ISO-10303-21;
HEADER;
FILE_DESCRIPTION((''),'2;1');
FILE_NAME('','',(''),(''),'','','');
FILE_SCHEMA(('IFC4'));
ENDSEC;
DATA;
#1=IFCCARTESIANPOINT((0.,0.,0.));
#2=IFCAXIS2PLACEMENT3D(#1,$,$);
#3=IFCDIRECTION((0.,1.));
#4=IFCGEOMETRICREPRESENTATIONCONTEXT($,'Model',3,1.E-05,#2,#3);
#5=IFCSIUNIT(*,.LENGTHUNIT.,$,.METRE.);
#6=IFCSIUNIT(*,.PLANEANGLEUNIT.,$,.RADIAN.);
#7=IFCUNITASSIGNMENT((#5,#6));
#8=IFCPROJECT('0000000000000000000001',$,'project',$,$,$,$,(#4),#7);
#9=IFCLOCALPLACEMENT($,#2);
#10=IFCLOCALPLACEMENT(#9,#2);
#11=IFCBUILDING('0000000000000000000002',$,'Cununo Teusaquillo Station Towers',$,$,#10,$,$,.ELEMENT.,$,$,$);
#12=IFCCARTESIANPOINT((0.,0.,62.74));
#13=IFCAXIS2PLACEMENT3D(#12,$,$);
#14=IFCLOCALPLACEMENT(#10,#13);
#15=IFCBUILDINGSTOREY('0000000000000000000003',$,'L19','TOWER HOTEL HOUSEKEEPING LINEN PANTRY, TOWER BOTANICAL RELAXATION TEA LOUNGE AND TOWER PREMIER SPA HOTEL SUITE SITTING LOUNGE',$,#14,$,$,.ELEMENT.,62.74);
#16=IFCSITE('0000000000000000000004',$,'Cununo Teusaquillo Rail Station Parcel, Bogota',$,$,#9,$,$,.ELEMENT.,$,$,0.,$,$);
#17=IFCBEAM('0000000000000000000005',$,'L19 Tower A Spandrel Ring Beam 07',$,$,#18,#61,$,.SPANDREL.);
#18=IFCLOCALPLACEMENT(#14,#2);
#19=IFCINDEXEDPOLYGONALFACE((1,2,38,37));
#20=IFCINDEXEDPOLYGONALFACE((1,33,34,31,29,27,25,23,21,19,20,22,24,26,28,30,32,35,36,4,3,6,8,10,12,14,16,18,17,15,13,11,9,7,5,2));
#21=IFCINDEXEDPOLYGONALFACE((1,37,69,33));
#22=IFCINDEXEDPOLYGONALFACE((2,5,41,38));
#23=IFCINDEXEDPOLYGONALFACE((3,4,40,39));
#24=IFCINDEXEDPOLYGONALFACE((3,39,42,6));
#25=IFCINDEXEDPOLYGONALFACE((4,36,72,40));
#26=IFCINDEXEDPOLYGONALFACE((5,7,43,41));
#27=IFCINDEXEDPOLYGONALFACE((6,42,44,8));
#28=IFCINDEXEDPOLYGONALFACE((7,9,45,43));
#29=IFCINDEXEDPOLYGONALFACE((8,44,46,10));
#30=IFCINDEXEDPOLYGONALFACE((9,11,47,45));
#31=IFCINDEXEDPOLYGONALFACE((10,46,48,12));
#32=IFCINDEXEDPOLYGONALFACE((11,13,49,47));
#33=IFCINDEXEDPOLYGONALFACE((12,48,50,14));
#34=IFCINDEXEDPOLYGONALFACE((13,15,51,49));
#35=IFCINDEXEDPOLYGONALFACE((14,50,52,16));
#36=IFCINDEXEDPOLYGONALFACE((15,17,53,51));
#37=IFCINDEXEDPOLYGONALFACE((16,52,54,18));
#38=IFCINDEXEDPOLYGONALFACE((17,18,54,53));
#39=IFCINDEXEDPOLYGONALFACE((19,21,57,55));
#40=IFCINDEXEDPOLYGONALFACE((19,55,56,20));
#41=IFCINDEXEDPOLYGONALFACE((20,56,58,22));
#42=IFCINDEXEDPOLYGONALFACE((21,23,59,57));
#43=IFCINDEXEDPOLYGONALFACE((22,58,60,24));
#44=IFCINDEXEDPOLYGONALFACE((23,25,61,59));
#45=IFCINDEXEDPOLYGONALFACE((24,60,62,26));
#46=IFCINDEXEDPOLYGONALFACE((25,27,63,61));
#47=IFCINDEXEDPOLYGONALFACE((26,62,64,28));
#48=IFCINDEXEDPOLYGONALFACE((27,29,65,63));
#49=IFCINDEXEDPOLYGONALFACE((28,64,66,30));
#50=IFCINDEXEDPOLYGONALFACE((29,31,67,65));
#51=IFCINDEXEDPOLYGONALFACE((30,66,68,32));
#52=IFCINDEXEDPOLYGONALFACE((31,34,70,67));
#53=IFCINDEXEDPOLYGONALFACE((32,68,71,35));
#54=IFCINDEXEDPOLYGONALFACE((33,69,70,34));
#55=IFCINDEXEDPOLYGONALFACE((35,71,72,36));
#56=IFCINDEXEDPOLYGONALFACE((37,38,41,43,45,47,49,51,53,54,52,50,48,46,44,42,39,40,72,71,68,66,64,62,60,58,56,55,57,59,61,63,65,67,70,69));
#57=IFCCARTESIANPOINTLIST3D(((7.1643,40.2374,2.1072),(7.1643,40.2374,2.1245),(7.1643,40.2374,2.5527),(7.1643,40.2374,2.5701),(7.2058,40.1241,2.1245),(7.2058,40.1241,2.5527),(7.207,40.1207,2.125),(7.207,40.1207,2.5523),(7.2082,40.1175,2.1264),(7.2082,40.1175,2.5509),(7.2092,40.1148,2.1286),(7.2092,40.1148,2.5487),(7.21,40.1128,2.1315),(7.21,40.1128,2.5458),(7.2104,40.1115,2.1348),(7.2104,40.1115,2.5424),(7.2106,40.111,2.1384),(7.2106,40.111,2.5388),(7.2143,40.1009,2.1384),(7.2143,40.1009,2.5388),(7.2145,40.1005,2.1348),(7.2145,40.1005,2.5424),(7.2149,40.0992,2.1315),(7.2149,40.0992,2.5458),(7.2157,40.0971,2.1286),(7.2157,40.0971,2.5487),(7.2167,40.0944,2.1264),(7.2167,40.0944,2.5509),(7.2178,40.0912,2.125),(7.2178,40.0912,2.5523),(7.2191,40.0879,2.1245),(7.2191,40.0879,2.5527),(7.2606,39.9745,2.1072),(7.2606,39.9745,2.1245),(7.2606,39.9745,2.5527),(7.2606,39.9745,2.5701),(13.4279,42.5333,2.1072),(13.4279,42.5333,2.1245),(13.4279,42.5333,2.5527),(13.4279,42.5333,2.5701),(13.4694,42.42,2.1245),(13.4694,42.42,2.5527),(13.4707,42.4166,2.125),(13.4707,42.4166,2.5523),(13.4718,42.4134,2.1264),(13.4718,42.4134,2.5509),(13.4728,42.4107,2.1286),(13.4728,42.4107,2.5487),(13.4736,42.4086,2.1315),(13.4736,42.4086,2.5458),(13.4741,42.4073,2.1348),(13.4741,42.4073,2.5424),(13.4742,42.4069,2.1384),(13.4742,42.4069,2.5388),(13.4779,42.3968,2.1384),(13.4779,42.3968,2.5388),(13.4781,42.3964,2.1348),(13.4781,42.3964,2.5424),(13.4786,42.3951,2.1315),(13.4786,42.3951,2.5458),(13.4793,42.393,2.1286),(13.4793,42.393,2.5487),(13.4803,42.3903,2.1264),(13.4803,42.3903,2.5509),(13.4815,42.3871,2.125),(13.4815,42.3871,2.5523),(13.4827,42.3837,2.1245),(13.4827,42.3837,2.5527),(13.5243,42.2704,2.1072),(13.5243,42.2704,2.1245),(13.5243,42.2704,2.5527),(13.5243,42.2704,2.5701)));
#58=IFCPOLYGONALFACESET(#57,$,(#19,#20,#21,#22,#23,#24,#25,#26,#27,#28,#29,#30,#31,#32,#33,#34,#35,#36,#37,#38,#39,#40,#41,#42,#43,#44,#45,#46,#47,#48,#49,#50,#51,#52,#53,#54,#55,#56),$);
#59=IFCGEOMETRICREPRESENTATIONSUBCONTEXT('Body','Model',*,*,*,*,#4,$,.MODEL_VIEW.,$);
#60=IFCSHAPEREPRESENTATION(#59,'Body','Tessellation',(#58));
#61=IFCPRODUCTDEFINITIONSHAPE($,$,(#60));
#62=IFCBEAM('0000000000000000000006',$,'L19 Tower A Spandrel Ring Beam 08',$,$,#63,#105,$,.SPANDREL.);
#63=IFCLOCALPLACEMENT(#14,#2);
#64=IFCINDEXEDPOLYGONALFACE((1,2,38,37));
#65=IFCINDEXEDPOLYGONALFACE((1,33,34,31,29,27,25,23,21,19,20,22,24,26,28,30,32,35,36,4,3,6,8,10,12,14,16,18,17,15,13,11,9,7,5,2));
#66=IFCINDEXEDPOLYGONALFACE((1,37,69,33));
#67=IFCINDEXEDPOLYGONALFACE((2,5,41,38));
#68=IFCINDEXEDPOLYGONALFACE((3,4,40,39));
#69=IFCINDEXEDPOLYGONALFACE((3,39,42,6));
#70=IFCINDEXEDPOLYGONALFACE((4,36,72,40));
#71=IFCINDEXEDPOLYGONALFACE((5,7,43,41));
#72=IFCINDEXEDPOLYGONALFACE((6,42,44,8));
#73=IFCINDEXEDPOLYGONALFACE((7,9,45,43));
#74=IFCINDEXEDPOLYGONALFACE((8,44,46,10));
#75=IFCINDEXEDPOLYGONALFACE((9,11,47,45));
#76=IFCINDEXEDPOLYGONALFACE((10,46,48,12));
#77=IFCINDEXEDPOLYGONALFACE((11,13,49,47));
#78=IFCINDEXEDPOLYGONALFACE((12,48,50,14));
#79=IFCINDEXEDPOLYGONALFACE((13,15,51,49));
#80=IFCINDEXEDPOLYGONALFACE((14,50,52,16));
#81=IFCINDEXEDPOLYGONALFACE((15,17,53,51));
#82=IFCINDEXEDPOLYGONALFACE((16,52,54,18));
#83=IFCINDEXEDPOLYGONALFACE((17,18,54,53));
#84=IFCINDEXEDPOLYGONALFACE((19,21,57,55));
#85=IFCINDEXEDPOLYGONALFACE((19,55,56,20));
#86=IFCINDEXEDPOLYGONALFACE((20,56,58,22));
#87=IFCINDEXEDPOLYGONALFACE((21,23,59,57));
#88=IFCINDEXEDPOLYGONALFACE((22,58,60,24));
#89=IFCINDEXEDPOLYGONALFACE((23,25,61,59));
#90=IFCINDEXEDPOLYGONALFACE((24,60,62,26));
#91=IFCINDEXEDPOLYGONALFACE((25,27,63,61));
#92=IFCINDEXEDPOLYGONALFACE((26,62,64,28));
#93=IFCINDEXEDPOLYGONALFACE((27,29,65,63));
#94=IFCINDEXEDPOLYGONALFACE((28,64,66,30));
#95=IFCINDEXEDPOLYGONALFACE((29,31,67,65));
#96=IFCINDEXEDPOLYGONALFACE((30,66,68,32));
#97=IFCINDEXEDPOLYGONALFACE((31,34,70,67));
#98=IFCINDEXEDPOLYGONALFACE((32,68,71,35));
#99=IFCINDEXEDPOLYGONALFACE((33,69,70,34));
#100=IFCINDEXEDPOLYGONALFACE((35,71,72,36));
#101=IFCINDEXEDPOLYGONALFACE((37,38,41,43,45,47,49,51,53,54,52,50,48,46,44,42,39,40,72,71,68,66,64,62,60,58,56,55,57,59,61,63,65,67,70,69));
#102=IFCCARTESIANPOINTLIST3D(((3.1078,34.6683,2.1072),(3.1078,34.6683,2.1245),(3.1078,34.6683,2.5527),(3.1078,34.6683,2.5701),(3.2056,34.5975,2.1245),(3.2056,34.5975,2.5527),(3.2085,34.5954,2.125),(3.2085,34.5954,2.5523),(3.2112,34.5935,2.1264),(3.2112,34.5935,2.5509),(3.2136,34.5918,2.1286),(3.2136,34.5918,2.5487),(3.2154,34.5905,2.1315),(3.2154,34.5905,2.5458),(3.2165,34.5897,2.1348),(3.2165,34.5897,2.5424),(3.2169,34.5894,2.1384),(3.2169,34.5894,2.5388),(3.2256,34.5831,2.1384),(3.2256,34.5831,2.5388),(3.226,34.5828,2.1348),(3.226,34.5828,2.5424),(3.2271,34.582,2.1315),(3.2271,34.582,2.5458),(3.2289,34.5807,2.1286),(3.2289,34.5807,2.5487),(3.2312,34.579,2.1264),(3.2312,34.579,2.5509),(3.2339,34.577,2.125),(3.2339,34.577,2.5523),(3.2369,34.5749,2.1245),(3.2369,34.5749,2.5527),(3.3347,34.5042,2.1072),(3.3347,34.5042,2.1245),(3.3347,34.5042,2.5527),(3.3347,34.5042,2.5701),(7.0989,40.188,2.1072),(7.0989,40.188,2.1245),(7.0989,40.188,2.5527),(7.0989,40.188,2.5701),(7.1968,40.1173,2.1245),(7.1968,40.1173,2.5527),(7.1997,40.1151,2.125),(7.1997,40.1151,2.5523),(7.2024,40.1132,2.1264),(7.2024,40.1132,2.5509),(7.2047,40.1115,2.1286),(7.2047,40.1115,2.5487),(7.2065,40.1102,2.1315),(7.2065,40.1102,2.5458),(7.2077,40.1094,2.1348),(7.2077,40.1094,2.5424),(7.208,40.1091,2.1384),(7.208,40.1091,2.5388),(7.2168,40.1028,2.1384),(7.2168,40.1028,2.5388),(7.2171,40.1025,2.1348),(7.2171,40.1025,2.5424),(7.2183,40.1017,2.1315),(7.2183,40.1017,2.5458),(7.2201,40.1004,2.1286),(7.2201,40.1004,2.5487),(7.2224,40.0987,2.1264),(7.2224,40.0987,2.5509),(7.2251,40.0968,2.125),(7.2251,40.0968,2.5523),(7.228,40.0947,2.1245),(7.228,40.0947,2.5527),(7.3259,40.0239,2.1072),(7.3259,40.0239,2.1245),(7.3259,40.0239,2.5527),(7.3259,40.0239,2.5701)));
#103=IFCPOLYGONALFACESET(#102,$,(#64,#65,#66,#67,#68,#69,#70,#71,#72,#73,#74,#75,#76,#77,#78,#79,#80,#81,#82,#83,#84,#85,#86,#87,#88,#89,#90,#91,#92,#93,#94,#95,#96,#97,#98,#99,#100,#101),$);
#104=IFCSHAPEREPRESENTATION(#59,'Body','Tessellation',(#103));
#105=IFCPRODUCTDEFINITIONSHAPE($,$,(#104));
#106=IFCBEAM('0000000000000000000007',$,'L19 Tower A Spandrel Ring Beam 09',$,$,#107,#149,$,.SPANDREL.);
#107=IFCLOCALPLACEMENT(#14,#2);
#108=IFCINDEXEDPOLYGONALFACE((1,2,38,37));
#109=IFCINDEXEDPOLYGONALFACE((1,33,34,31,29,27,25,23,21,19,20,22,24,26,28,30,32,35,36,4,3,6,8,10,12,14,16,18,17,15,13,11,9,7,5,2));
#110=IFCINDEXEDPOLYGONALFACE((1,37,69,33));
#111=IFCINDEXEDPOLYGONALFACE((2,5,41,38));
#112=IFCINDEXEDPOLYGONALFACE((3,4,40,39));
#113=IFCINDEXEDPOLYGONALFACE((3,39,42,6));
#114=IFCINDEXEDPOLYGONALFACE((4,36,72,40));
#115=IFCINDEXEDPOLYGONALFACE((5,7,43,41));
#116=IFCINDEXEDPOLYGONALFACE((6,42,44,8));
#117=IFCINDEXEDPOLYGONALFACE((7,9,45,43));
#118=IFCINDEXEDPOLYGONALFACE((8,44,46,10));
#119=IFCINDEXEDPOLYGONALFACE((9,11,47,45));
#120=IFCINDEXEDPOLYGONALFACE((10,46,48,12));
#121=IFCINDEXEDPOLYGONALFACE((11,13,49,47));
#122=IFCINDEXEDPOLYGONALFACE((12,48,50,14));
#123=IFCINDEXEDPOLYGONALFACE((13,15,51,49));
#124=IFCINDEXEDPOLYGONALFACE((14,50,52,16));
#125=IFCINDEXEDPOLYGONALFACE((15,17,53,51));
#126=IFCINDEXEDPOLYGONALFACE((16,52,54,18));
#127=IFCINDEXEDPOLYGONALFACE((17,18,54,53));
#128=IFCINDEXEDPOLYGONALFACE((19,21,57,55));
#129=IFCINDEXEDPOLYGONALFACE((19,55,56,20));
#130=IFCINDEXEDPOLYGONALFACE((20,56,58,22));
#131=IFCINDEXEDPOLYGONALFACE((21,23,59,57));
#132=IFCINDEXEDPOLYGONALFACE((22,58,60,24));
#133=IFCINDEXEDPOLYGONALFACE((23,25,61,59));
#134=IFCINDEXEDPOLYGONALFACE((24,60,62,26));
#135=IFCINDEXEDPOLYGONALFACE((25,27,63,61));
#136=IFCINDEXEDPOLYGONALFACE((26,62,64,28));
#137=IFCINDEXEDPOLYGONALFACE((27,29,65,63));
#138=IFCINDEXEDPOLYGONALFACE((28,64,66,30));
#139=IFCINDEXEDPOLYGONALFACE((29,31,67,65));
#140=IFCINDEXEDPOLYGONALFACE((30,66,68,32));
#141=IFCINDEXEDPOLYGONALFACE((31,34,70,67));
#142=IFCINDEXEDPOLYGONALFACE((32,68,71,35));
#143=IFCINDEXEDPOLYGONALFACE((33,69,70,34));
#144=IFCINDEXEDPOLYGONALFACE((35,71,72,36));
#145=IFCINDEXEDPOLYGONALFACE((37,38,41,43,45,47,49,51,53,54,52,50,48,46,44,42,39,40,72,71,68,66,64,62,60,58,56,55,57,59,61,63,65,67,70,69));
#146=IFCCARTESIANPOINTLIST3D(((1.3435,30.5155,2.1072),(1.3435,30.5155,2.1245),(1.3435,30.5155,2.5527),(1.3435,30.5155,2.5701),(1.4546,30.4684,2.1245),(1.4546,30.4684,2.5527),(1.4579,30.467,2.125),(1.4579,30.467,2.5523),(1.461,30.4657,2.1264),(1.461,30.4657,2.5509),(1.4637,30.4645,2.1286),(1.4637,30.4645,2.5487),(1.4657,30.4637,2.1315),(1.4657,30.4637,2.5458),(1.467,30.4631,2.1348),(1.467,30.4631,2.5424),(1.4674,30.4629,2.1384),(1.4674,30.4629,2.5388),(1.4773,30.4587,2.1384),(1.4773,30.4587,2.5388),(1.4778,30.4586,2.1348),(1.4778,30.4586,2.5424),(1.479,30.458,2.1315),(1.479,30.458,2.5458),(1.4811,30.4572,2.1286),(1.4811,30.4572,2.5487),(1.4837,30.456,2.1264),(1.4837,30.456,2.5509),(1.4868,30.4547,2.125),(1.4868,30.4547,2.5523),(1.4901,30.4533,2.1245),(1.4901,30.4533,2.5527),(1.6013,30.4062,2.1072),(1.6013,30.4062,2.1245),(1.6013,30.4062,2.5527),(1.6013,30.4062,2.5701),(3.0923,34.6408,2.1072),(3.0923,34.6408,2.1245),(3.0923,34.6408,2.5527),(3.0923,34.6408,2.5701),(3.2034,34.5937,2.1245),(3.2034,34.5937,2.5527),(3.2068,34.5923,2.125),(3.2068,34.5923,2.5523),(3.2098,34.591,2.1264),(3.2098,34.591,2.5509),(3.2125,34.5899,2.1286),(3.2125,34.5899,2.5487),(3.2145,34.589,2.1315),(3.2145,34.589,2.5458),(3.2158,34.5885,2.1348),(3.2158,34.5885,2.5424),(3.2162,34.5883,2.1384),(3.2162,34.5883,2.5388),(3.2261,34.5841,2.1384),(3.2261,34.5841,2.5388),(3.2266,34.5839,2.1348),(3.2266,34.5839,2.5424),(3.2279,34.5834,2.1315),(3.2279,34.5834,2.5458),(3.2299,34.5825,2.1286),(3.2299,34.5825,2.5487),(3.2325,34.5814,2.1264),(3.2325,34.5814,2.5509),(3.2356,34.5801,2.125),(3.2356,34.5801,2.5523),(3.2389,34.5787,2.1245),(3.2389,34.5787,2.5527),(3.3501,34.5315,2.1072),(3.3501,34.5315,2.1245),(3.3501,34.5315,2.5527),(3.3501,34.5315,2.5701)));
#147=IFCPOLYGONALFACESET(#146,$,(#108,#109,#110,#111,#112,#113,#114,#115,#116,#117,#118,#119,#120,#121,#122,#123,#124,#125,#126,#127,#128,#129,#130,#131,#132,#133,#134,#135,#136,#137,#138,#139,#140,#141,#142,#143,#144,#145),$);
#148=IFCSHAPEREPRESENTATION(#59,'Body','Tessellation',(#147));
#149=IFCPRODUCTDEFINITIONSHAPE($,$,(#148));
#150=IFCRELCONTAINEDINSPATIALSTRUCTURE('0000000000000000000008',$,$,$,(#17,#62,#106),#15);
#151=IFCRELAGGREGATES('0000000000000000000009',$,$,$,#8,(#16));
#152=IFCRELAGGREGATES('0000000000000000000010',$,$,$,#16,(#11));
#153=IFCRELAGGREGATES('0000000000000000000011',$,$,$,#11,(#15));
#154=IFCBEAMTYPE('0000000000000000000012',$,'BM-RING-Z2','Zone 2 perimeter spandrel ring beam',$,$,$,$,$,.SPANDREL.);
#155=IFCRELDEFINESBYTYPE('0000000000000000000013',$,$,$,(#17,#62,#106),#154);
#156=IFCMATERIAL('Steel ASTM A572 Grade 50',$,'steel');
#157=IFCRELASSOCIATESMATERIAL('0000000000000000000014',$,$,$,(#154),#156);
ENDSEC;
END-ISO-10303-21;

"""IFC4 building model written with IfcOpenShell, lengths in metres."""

from ifc_helpers import new_model, si_unit, direction, frame, origin, origin_2d, place, context, subcontext, project, spatial, i_section, extrude, material, material_profile, profile_set, type_object, element, save


model = new_model("IFC4")

# Units and contexts
model_context = context("Model", 3, precision=1e-05, world=origin(), true_north=direction((0.0, 1.0)))
body_context = subcontext(model_context, "Body", "Model", "MODEL_VIEW")
ifc_project = project(units=[si_unit("LENGTHUNIT", "METRE"), si_unit("PLANEANGLEUNIT", "RADIAN")], contexts=[model_context])

# Site, building, storey
site_placement = place(None, origin())
site = spatial("IfcSite", under=ifc_project, at=site_placement, Name="Cununo Teusaquillo Rail Station Parcel, Bogota", CompositionType="ELEMENT", RefElevation=0.0)
building_placement = place(site_placement, origin())
building = spatial("IfcBuilding", under=site, at=building_placement, Name="Cununo Teusaquillo Station Towers", CompositionType="ELEMENT")
storey_placement = place(building_placement, frame((0.0, 0.0, 62.74)))
storey = spatial("IfcBuildingStorey", under=building, at=storey_placement, Name="L19", Description="TOWER HOTEL HOUSEKEEPING LINEN PANTRY, TOWER BOTANICAL RELAXATION TEA LOUNGE AND TOWER PREMIER SPA HOTEL SUITE SITTING LOUNGE", CompositionType="ELEMENT", Elevation=62.74)

# Beams
ifc_material_1 = material(Name="Steel ASTM A572 Grade 50", Category="steel")
ifc_material_profile_1 = material_profile(ifc_material_1, i_section(OverallWidth=0.28, OverallDepth=0.4629, WebThickness=0.0107, FlangeThickness=0.0173, FilletRadius=0.0139, at=origin_2d()), Name="W18X76")
ifc_profile_set_1 = profile_set([ifc_material_profile_1], Name="Steel ASTM A572 Grade 50")
beam_type_1 = type_object("IfcBeamType", Name="BM-RING-Z2", Description="Zone 2 perimeter spandrel ring beam", PredefinedType="SPANDREL", material=ifc_profile_set_1)
beam_1_placement = place(storey_placement, frame((13.4761, 42.4019, 2.3386), z_axis=(-0.938914, -0.344151, 0.0), x_axis=(0.344151, -0.938914, 0.0)))
element("IfcBeam", 1, at=beam_1_placement, inside=storey, type_object=beam_type_1, Name="L19 Tower A Spandrel Ring Beam 07", PredefinedType="SPANDREL", context=body_context, shape_type="SweptSolid", body=[
    extrude(i_section(OverallWidth=0.28, OverallDepth=0.4629, WebThickness=0.0107, FlangeThickness=0.0173, FilletRadius=0.0139, at=origin_2d()), origin(), (0.0, 0.0, 1.0), 6.6711),
])
beam_2_placement = place(storey_placement, frame((7.2124, 40.106, 2.3386), z_axis=(-0.585945, -0.810351, 0.0), x_axis=(0.810351, -0.585945, 0.0)))
element("IfcBeam", 2, at=beam_2_placement, inside=storey, type_object=beam_type_1, Name="L19 Tower A Spandrel Ring Beam 08", PredefinedType="SPANDREL", context=body_context, shape_type="SweptSolid", body=[
    extrude(i_section(OverallWidth=0.28, OverallDepth=0.4629, WebThickness=0.0107, FlangeThickness=0.0173, FilletRadius=0.0139, at=origin_2d()), origin(), (0.0, 0.0, 1.0), 6.8115),
])
beam_3_placement = place(storey_placement, frame((3.2212, 34.5862, 2.3386), z_axis=(-0.390299, -0.920688, 0.0), x_axis=(0.920688, -0.390299, 0.0)))
element("IfcBeam", 3, at=beam_3_placement, inside=storey, type_object=beam_type_1, Name="L19 Tower A Spandrel Ring Beam 09", PredefinedType="SPANDREL", context=body_context, shape_type="SweptSolid", body=[
    extrude(i_section(OverallWidth=0.28, OverallDepth=0.4629, WebThickness=0.0107, FlangeThickness=0.0173, FilletRadius=0.0139, at=origin_2d()), origin(), (0.0, 0.0, 1.0), 4.4807),
])

save(model, "model.ifc")
